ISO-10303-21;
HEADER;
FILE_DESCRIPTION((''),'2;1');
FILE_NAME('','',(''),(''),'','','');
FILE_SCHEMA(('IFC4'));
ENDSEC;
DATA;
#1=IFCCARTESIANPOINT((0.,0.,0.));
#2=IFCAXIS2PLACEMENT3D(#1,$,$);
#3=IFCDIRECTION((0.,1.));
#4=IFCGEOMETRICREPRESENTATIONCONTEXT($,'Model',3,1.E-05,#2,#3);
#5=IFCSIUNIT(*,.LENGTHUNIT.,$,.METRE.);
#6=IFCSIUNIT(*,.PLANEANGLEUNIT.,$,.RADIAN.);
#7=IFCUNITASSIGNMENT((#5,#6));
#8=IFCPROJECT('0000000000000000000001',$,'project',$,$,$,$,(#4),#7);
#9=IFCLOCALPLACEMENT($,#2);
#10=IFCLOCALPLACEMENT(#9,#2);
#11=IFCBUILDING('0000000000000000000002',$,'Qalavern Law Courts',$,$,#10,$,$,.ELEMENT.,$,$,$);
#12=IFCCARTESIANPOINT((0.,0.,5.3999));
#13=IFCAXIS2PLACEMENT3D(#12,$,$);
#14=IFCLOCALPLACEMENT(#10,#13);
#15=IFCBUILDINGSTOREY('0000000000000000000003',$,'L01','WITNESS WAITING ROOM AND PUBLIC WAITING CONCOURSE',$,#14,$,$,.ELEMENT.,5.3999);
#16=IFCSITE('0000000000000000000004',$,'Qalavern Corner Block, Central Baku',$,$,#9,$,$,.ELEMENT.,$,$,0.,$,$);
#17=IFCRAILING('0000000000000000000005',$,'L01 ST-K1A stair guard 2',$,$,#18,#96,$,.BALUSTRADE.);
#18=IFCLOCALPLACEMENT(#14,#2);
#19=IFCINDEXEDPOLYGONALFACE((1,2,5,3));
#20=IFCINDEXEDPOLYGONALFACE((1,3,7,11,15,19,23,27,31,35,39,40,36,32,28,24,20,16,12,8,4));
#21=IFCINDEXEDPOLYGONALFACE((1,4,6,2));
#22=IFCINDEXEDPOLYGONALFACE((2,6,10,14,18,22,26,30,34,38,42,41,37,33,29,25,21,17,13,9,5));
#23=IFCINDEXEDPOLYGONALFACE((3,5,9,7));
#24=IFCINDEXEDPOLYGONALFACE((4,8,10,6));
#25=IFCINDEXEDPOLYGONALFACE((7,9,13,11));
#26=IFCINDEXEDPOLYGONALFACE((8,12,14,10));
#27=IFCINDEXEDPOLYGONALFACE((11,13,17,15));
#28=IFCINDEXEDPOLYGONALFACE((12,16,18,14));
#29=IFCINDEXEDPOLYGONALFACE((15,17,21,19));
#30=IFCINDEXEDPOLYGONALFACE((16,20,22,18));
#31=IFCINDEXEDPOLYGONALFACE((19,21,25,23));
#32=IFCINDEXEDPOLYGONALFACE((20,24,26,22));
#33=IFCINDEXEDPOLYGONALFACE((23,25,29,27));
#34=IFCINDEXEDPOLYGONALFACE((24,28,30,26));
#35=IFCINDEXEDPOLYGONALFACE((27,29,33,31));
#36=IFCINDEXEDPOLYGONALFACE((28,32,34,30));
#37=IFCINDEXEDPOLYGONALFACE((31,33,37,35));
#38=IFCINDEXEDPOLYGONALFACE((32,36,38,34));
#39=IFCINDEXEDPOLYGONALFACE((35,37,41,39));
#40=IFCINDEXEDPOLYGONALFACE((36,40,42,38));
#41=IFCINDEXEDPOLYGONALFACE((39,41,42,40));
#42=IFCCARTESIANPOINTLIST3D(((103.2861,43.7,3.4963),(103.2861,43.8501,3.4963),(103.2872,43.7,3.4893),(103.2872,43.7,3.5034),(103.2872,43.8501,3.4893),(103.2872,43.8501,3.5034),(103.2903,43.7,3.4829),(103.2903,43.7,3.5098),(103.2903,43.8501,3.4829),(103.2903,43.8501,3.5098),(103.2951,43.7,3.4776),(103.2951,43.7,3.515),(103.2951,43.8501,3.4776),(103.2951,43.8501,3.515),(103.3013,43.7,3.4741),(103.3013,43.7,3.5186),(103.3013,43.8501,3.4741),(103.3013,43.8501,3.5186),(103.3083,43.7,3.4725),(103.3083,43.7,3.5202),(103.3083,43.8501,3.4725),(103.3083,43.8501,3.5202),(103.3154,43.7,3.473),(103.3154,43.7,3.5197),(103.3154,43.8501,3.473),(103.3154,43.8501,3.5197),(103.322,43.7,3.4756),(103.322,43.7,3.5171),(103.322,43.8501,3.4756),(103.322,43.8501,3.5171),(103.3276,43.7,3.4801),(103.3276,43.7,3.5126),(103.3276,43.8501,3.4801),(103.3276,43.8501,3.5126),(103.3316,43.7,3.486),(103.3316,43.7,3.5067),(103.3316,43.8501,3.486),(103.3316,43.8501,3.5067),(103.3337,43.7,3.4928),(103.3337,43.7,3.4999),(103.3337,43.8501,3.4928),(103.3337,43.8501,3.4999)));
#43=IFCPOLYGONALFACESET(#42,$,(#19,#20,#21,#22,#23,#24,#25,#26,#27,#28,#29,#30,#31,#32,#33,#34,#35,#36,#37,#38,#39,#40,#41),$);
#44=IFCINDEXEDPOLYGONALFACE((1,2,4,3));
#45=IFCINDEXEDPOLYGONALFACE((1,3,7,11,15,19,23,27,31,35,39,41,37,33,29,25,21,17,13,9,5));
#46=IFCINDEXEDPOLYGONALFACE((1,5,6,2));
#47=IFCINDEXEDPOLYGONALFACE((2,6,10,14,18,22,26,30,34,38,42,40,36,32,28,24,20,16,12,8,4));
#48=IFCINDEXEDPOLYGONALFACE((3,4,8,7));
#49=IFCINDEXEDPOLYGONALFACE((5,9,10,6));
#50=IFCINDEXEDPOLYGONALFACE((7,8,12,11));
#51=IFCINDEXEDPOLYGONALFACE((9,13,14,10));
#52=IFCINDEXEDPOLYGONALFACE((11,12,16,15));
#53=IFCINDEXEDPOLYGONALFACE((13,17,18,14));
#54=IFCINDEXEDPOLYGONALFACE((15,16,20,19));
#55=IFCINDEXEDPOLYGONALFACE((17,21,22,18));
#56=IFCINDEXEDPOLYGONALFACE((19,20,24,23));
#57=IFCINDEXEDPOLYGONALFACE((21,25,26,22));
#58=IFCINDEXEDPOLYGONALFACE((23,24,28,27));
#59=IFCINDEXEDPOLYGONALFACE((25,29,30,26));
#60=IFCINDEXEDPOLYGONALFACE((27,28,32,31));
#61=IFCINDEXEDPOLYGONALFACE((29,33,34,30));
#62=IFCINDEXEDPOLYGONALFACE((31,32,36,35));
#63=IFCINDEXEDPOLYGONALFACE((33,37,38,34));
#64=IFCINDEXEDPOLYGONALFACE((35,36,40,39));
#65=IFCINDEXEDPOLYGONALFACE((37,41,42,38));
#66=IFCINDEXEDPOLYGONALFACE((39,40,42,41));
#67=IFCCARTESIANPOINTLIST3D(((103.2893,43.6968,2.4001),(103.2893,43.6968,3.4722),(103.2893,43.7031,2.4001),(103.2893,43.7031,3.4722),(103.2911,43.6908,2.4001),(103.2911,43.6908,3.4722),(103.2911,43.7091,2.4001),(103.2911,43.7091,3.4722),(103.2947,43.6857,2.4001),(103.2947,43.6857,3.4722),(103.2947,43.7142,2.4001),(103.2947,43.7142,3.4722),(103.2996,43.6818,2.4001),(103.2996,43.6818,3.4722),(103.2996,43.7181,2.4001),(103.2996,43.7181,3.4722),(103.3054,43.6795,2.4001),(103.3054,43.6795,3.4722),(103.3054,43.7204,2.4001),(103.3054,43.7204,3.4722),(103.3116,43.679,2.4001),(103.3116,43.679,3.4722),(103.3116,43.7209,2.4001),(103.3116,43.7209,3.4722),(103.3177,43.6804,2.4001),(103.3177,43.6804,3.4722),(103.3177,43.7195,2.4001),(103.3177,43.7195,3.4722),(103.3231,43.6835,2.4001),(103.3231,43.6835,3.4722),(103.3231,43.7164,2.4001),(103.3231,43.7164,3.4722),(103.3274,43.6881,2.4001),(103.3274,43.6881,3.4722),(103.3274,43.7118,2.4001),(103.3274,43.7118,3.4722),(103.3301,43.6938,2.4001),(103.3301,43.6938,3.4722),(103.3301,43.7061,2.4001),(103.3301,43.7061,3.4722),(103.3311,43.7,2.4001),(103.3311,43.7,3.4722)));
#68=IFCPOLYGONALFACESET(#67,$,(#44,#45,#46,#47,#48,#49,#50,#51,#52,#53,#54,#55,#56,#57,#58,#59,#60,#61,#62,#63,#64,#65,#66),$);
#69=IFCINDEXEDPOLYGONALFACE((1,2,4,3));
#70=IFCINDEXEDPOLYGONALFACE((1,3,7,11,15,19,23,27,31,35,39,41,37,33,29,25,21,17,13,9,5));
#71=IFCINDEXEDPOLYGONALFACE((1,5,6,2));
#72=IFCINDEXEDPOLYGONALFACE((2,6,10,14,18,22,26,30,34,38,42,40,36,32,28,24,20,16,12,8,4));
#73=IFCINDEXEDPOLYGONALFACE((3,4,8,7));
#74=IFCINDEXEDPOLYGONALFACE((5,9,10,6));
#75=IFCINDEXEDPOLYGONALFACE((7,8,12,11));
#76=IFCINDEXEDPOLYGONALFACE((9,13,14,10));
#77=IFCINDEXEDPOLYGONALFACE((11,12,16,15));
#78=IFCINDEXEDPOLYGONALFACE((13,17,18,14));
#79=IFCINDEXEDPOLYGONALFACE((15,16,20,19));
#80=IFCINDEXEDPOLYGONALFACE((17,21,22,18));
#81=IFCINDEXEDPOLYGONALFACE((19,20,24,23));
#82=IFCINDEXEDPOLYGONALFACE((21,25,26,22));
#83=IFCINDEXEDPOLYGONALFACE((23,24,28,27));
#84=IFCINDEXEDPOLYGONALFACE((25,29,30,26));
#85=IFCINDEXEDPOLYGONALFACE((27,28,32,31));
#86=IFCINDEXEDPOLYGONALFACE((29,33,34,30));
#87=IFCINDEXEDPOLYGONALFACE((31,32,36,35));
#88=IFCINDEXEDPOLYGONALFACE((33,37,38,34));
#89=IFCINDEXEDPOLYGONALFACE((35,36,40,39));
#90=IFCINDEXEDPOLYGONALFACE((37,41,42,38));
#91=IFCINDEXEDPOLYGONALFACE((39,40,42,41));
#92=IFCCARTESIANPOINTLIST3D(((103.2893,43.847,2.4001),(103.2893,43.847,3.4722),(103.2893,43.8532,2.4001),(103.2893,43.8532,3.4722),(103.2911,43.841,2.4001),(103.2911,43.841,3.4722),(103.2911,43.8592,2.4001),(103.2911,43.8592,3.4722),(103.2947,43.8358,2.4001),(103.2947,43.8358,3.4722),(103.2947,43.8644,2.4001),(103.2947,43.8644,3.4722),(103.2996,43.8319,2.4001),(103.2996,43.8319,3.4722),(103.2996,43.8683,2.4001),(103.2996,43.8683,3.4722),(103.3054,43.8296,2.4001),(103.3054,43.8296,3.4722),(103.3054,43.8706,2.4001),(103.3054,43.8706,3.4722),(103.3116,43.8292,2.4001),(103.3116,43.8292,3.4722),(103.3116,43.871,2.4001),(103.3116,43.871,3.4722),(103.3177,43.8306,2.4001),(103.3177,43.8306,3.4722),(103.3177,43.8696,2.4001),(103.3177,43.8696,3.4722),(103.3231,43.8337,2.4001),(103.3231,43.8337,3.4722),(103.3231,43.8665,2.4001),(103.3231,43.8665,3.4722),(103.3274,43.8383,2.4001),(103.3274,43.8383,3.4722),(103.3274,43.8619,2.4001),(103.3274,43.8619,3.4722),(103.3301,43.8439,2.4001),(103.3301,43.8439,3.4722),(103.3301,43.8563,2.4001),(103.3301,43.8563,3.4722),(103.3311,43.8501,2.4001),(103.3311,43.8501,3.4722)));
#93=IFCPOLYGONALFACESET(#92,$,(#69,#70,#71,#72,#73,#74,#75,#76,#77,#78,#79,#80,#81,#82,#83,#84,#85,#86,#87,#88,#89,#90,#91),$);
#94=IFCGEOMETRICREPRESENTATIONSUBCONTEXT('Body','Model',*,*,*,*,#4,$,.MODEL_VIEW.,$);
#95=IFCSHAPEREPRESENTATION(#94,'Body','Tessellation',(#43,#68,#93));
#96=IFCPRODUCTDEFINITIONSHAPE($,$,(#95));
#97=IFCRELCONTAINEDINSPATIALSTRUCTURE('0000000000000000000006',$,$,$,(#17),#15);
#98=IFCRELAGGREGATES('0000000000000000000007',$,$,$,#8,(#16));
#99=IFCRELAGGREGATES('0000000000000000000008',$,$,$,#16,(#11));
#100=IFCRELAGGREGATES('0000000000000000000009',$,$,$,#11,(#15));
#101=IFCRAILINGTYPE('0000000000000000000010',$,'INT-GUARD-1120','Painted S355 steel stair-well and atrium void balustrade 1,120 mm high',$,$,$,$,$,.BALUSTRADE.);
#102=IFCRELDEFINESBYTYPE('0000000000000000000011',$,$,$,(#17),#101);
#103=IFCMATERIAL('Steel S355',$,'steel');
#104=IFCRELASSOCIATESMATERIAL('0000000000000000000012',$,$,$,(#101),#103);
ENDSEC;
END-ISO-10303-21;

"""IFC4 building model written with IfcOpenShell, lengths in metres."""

from ifc_helpers import new_model, si_unit, direction, frame, origin, origin_2d, place, context, subcontext, project, spatial, circle, extrude, material, type_object, element, save


model = new_model("IFC4")

# Units and contexts
model_context = context("Model", 3, precision=1e-05, world=origin(), true_north=direction((0.0, 1.0)))
body_context = subcontext(model_context, "Body", "Model", "MODEL_VIEW")
ifc_project = project(units=[si_unit("LENGTHUNIT", "METRE"), si_unit("PLANEANGLEUNIT", "RADIAN")], contexts=[model_context])

# Site, building, storey
site_placement = place(None, origin())
site = spatial("IfcSite", under=ifc_project, at=site_placement, Name="Qalavern Corner Block, Central Baku", CompositionType="ELEMENT", RefElevation=0.0)
building_placement = place(site_placement, origin())
building = spatial("IfcBuilding", under=site, at=building_placement, Name="Qalavern Law Courts", CompositionType="ELEMENT")
storey_placement = place(building_placement, frame((0.0, 0.0, 5.3999)))
storey = spatial("IfcBuildingStorey", under=building, at=storey_placement, Name="L01", Description="WITNESS WAITING ROOM AND PUBLIC WAITING CONCOURSE", CompositionType="ELEMENT", Elevation=5.3999)

# Shared definitions
ifc_material_1 = material(Name="Steel S355", Category="steel")

# Railing
railing_type_1 = type_object("IfcRailingType", Name="INT-GUARD-1120", Description="Painted S355 steel stair-well and atrium void balustrade 1,120 mm high", PredefinedType="BALUSTRADE", material=ifc_material_1)
railing_1_placement = place(storey_placement, frame((103.3101, 43.7, 2.4001)))
element("IfcRailing", 1, at=railing_1_placement, inside=storey, type_object=railing_type_1, Name="L01 ST-K1A stair guard 2", PredefinedType="BALUSTRADE", context=body_context, shape_type="SweptSolid", body=[
    extrude(circle(Radius=0.0239, at=origin_2d()), frame((0.0, 0.0, 1.0962), z_axis=(0.0, 1.0, 0.0), x_axis=(-1.0, 0.0, 0.0)), (0.0, 0.0, 1.0), 0.1501),
    extrude(circle(Radius=0.021, at=origin_2d()), origin(), (0.0, 0.0, 1.0), 1.072),
    extrude(circle(Radius=0.021, at=origin_2d()), frame((0.0, 0.1501, 0.0)), (0.0, 0.0, 1.0), 1.072),
])

save(model, "model.ifc")
